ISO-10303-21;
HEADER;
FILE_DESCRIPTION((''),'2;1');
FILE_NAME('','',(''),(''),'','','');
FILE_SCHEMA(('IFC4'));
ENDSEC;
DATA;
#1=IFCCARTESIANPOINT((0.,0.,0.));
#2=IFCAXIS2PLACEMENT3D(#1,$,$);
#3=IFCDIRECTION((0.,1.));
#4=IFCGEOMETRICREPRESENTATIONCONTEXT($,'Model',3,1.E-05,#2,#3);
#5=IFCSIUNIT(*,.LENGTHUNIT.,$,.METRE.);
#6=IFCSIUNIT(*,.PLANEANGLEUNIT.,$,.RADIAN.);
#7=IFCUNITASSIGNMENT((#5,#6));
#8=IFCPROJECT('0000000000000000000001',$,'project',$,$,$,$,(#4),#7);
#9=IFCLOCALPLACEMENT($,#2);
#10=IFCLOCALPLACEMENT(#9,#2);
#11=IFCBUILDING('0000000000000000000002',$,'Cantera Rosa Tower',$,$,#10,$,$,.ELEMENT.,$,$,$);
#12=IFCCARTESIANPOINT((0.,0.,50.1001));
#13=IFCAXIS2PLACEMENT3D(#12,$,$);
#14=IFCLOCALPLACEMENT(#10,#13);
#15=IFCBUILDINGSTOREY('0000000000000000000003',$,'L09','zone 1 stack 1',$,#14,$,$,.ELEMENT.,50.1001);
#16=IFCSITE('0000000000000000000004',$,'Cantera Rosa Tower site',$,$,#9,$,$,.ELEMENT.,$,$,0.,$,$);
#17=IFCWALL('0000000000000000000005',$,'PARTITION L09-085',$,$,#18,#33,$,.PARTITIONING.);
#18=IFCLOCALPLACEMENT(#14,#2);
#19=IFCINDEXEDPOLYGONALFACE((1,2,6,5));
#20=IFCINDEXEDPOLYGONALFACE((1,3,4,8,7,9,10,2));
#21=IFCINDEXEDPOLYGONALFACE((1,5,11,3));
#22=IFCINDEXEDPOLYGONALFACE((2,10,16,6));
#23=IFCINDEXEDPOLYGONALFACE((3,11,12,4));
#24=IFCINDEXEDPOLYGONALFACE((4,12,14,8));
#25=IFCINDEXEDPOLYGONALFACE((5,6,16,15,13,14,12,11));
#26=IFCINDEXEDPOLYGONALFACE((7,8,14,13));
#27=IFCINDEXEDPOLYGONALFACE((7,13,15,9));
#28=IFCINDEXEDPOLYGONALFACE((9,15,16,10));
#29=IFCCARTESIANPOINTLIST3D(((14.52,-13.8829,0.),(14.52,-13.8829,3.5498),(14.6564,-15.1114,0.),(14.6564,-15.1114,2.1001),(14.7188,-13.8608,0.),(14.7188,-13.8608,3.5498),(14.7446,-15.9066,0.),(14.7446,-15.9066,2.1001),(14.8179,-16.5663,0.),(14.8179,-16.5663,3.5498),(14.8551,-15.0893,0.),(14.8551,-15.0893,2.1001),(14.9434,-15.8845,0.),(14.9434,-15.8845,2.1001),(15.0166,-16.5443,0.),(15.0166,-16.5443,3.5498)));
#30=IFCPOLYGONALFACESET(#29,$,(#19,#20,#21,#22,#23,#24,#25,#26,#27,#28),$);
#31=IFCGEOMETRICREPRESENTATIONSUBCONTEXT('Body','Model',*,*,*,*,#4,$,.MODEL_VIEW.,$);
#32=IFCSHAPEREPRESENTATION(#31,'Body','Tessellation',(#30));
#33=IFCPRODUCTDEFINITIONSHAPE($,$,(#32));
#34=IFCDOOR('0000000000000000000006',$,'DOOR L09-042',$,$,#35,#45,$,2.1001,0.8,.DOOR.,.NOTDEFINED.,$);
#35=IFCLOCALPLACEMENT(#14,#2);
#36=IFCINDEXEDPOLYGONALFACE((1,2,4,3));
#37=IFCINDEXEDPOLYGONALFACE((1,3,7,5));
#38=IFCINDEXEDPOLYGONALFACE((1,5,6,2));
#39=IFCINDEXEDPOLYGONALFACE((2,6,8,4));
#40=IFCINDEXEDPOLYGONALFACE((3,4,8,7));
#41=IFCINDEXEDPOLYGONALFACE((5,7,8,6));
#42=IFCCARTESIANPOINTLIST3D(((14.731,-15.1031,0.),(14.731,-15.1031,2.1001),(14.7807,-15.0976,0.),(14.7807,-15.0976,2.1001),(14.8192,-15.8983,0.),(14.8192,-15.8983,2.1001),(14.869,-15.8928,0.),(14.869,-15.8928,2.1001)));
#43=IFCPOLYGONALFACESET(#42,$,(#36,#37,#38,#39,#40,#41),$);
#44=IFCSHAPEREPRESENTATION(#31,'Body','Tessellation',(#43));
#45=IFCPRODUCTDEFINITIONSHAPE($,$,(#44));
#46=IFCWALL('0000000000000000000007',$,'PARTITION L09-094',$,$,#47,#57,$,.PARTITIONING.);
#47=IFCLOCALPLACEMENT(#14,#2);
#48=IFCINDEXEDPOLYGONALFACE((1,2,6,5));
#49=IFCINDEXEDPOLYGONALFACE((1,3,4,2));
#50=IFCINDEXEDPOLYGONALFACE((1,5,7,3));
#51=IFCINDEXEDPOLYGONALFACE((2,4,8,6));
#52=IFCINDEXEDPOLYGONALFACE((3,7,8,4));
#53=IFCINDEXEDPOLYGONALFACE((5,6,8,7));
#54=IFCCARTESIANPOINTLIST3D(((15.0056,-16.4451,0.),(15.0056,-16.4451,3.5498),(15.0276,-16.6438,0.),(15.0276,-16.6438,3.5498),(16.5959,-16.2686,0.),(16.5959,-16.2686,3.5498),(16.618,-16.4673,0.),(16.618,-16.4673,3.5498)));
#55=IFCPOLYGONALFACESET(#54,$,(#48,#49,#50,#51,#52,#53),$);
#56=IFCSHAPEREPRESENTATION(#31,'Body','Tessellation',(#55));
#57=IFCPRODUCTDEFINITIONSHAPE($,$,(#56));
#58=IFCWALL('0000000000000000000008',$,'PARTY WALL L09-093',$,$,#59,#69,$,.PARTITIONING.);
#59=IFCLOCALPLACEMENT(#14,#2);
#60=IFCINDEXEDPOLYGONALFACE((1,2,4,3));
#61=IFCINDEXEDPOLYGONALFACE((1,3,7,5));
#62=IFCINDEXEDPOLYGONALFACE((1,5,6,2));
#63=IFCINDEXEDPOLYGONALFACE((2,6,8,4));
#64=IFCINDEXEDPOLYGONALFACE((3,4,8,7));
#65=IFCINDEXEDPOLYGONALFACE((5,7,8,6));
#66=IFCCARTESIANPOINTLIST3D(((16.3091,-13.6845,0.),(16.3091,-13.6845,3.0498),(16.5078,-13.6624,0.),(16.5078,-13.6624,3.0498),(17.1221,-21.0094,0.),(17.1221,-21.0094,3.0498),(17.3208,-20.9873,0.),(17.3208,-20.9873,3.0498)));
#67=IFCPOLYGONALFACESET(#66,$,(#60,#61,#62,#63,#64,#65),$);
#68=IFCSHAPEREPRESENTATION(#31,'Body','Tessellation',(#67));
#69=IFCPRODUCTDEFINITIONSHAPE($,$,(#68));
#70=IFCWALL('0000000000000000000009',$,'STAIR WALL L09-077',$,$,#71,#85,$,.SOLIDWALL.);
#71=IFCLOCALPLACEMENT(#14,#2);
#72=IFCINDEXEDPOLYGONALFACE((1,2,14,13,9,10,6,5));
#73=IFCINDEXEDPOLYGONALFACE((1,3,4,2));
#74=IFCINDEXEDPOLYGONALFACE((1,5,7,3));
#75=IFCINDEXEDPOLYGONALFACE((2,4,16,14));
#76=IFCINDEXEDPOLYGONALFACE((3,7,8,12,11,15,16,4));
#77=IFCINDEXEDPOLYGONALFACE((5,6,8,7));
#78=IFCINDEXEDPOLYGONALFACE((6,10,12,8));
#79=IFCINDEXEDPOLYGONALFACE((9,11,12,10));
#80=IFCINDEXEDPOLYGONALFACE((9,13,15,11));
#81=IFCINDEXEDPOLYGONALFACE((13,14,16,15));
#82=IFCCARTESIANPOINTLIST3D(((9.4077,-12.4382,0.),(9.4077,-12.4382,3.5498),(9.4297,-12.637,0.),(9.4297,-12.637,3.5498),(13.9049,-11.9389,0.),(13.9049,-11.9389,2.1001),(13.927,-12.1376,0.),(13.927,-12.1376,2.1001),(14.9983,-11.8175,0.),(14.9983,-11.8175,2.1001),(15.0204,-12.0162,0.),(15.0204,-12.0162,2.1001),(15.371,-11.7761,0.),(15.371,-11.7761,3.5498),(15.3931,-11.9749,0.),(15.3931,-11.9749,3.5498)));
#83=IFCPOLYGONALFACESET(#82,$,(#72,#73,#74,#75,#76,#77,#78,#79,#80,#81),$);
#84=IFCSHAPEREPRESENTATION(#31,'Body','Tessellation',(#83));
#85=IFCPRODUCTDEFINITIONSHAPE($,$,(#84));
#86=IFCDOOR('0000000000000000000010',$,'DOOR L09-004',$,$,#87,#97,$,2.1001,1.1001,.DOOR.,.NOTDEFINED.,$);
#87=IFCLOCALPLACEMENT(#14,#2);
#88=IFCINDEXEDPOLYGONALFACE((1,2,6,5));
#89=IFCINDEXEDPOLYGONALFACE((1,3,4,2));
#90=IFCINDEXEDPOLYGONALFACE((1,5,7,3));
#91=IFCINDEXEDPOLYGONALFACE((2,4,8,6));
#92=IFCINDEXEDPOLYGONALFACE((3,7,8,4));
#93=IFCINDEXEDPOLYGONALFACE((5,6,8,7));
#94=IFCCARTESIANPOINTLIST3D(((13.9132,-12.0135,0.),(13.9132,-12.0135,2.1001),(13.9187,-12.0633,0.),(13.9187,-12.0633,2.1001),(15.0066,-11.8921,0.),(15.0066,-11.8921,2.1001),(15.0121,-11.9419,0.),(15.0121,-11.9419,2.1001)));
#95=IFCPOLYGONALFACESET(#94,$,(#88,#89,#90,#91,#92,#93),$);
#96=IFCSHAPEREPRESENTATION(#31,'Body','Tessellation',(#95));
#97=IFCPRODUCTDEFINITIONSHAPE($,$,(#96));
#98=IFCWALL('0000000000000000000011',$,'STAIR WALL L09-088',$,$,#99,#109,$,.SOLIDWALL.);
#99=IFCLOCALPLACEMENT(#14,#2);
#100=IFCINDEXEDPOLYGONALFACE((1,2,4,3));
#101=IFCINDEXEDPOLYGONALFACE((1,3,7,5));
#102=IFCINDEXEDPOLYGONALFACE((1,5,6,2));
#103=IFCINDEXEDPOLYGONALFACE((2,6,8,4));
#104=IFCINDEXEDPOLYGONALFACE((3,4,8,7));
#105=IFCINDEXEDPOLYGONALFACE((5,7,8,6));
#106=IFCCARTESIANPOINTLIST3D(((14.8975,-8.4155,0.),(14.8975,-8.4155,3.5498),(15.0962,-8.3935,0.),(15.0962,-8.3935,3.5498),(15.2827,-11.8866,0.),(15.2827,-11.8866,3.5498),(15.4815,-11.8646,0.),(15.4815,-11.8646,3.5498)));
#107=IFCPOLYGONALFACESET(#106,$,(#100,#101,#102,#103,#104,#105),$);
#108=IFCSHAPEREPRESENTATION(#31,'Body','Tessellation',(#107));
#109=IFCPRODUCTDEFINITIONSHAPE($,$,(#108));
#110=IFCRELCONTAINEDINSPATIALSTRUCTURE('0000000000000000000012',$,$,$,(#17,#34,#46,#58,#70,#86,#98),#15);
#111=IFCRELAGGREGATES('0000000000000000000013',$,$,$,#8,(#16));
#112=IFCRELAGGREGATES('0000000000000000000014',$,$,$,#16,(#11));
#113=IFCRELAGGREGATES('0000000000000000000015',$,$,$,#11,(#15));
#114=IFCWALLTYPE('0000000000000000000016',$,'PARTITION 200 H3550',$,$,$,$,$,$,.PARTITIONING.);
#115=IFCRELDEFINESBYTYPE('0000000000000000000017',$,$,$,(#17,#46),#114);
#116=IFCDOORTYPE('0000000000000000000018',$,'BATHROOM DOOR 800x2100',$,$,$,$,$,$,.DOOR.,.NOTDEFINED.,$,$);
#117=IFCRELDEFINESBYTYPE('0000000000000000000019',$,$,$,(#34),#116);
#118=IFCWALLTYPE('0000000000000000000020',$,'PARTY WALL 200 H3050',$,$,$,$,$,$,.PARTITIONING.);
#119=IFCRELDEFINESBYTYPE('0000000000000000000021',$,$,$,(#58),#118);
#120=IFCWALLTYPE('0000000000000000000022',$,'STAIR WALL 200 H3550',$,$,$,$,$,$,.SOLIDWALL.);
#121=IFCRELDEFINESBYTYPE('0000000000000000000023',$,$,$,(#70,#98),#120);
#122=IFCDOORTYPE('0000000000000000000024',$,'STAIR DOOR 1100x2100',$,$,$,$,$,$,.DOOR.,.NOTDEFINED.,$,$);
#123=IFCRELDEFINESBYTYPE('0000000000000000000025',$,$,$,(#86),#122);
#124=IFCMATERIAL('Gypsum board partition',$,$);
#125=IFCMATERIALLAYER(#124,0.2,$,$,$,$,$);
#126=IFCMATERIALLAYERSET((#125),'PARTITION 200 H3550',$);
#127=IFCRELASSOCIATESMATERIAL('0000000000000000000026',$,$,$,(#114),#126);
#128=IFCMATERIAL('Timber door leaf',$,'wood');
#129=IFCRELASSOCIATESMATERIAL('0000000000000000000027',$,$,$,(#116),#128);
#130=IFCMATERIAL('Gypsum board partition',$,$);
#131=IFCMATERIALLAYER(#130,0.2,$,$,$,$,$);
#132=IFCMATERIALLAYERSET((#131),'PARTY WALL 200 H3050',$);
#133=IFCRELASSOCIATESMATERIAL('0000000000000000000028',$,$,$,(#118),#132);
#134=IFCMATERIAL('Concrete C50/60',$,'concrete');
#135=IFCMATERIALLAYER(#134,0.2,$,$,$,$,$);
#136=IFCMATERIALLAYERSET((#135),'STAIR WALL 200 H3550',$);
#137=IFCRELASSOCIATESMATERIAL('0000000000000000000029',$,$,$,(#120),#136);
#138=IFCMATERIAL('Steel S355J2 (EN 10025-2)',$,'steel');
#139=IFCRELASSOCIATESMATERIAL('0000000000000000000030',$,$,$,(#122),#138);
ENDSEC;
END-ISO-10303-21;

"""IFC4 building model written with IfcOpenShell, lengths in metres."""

from ifc_helpers import new_model, si_unit, direction, frame, frame_2d, origin, place, context, subcontext, project, spatial, rectangle, extrude, material, layer, layer_set, type_object, element, fill, save


model = new_model("IFC4")

# Units and contexts
model_context = context("Model", 3, precision=1e-05, world=origin(), true_north=direction((0.0, 1.0)))
body_context = subcontext(model_context, "Body", "Model", "MODEL_VIEW")
ifc_project = project(units=[si_unit("LENGTHUNIT", "METRE"), si_unit("PLANEANGLEUNIT", "RADIAN")], contexts=[model_context])

# Site, building, storey
site_placement = place(None, origin())
site = spatial("IfcSite", under=ifc_project, at=site_placement, Name="Cantera Rosa Tower site", CompositionType="ELEMENT", RefElevation=0.0)
building_placement = place(site_placement, origin())
building = spatial("IfcBuilding", under=site, at=building_placement, Name="Cantera Rosa Tower", CompositionType="ELEMENT")
storey_placement = place(building_placement, frame((0.0, 0.0, 50.1001)))
storey = spatial("IfcBuildingStorey", under=building, at=storey_placement, Name="L09", Description="zone 1 stack 1", CompositionType="ELEMENT", Elevation=50.1001)

# Wall, opening, door
ifc_material_1 = material(Name="Gypsum board partition")
ifc_layer_1 = layer(ifc_material_1, 0.2)
ifc_layer_set_1 = layer_set([ifc_layer_1], Name="PARTITION 200 H3550")
wall_type_1 = type_object("IfcWallType", Name="PARTITION 200 H3550", PredefinedType="PARTITIONING", material=ifc_layer_set_1)
wall_1_placement = place(storey_placement, frame((14.9172, -16.5554, 0.0), z_axis=(0.0, 0.0, 1.0), x_axis=(-0.110312, 0.993897, 0.0)))
wall_1 = element("IfcWall", 1, at=wall_1_placement, inside=storey, type_object=wall_type_1, Name="PARTITION L09-085", PredefinedType="PARTITIONING", context=body_context, shape_type="SweptSolid", body=[
    extrude(rectangle(XDim=2.7, YDim=0.2, at=frame_2d((1.3501, 0.0))), origin(), (0.0, 0.0, 1.0), 3.5498),
])
opening_1_placement = place(wall_1_placement, frame((0.6641, 0.0, 0.0)))
opening_1 = element("IfcOpeningElement", 2, at=opening_1_placement, cuts=wall_1, PredefinedType="OPENING", context=body_context, shape_type="SweptSolid", body=[
    extrude(rectangle(XDim=0.8, YDim=2.1001, at=frame_2d((0.3999, 1.05))), frame((0.0, 0.1099, 0.0), z_axis=(0.0, -1.0, 0.0), x_axis=(1.0, 0.0, 0.0)), (0.0, 0.0, 1.0), 0.22),
])
ifc_material_2 = material(Name="Timber door leaf", Category="wood")
door_type_1 = type_object("IfcDoorType", Name="BATHROOM DOOR 800x2100", OperationType="NOTDEFINED", PredefinedType="DOOR", material=ifc_material_2)
door_1_placement = place(opening_1_placement, origin())
door_1 = element("IfcDoor", 3, at=door_1_placement, inside=storey, type_object=door_type_1, Name="DOOR L09-042", OperationType="NOTDEFINED", OverallHeight=2.1001, OverallWidth=0.8, PredefinedType="DOOR", context=body_context, shape_type="SweptSolid", body=[
    extrude(rectangle(XDim=0.8, YDim=2.1001, at=frame_2d((0.3999, 1.05))), frame((0.0, 0.0249, 0.0), z_axis=(0.0, -1.0, 0.0), x_axis=(1.0, 0.0, 0.0)), (0.0, 0.0, 1.0), 0.05),
])
fill(opening_1, door_1)

# Walls
wall_2_placement = place(storey_placement, frame((16.6069, -16.3679, 0.0), z_axis=(0.0, 0.0, 1.0), x_axis=(-0.993897, -0.110314, 0.0)))
element("IfcWall", 4, at=wall_2_placement, inside=storey, type_object=wall_type_1, Name="PARTITION L09-094", PredefinedType="PARTITIONING", context=body_context, shape_type="SweptSolid", body=[
    extrude(rectangle(XDim=1.6001, YDim=0.2, at=frame_2d((0.8, 0.0))), origin(), (0.0, 0.0, 1.0), 3.5498),
])
ifc_material_3 = material(Name="Gypsum board partition")
ifc_layer_2 = layer(ifc_material_3, 0.2)
ifc_layer_set_2 = layer_set([ifc_layer_2], Name="PARTY WALL 200 H3050")
wall_type_2 = type_object("IfcWallType", Name="PARTY WALL 200 H3050", PredefinedType="PARTITIONING", material=ifc_layer_set_2)
wall_3_placement = place(storey_placement, frame((16.4084, -13.6733, 0.0), z_axis=(0.0, 0.0, 1.0), x_axis=(0.110312, -0.993897, 0.0)))
element("IfcWall", 5, at=wall_3_placement, inside=storey, type_object=wall_type_2, Name="PARTY WALL L09-093", PredefinedType="PARTITIONING", context=body_context, shape_type="SweptSolid", body=[
    extrude(rectangle(XDim=7.3699, YDim=0.2, at=frame_2d((3.6851, 0.0))), origin(), (0.0, 0.0, 1.0), 3.0498),
])

# Wall, opening, door
ifc_material_4 = material(Name="Concrete C50/60", Category="concrete")
ifc_layer_3 = layer(ifc_material_4, 0.2)
ifc_layer_set_3 = layer_set([ifc_layer_3], Name="STAIR WALL 200 H3550")
wall_type_3 = type_object("IfcWallType", Name="STAIR WALL 200 H3550", PredefinedType="SOLIDWALL", material=ifc_layer_set_3)
wall_4_placement = place(storey_placement, frame((9.4187, -12.5376, 0.0), z_axis=(0.0, 0.0, 1.0), x_axis=(0.993893, 0.110351, 0.0)))
wall_4 = element("IfcWall", 6, at=wall_4_placement, inside=storey, type_object=wall_type_3, Name="STAIR WALL L09-077", PredefinedType="SOLIDWALL", context=body_context, shape_type="SweptSolid", body=[
    extrude(rectangle(XDim=6.0, YDim=0.2, at=frame_2d((3.0, 0.0))), origin(), (0.0, 0.0, 1.0), 3.5498),
])
opening_2_placement = place(wall_4_placement, frame((4.5249, 0.0, 0.0)))
opening_2 = element("IfcOpeningElement", 7, at=opening_2_placement, cuts=wall_4, PredefinedType="OPENING", context=body_context, shape_type="SweptSolid", body=[
    extrude(rectangle(XDim=1.1001, YDim=2.1001, at=frame_2d((0.55, 1.05))), frame((0.0, 0.1099, 0.0), z_axis=(0.0, -1.0, 0.0), x_axis=(1.0, 0.0, 0.0)), (0.0, 0.0, 1.0), 0.22),
])
ifc_material_5 = material(Name="Steel S355J2 (EN 10025-2)", Category="steel")
door_type_2 = type_object("IfcDoorType", Name="STAIR DOOR 1100x2100", OperationType="NOTDEFINED", PredefinedType="DOOR", material=ifc_material_5)
door_2_placement = place(opening_2_placement, origin())
door_2 = element("IfcDoor", 8, at=door_2_placement, inside=storey, type_object=door_type_2, Name="DOOR L09-004", OperationType="NOTDEFINED", OverallHeight=2.1001, OverallWidth=1.1001, PredefinedType="DOOR", context=body_context, shape_type="SweptSolid", body=[
    extrude(rectangle(XDim=1.1001, YDim=2.1001, at=frame_2d((0.55, 1.05))), frame((0.0, 0.0249, 0.0), z_axis=(0.0, -1.0, 0.0), x_axis=(1.0, 0.0, 0.0)), (0.0, 0.0, 1.0), 0.05),
])
fill(opening_2, door_2)

# Wall
wall_5_placement = place(storey_placement, frame((15.3821, -11.8755, 0.0), z_axis=(0.0, 0.0, 1.0), x_axis=(-0.110309, 0.993897, 0.0)))
element("IfcWall", 9, at=wall_5_placement, inside=storey, type_object=wall_type_3, Name="STAIR WALL L09-088", PredefinedType="SOLIDWALL", context=body_context, shape_type="SweptSolid", body=[
    extrude(rectangle(XDim=3.4924, YDim=0.2, at=frame_2d((1.7461, 0.0))), origin(), (0.0, 0.0, 1.0), 3.5498),
])

save(model, "model.ifc")
